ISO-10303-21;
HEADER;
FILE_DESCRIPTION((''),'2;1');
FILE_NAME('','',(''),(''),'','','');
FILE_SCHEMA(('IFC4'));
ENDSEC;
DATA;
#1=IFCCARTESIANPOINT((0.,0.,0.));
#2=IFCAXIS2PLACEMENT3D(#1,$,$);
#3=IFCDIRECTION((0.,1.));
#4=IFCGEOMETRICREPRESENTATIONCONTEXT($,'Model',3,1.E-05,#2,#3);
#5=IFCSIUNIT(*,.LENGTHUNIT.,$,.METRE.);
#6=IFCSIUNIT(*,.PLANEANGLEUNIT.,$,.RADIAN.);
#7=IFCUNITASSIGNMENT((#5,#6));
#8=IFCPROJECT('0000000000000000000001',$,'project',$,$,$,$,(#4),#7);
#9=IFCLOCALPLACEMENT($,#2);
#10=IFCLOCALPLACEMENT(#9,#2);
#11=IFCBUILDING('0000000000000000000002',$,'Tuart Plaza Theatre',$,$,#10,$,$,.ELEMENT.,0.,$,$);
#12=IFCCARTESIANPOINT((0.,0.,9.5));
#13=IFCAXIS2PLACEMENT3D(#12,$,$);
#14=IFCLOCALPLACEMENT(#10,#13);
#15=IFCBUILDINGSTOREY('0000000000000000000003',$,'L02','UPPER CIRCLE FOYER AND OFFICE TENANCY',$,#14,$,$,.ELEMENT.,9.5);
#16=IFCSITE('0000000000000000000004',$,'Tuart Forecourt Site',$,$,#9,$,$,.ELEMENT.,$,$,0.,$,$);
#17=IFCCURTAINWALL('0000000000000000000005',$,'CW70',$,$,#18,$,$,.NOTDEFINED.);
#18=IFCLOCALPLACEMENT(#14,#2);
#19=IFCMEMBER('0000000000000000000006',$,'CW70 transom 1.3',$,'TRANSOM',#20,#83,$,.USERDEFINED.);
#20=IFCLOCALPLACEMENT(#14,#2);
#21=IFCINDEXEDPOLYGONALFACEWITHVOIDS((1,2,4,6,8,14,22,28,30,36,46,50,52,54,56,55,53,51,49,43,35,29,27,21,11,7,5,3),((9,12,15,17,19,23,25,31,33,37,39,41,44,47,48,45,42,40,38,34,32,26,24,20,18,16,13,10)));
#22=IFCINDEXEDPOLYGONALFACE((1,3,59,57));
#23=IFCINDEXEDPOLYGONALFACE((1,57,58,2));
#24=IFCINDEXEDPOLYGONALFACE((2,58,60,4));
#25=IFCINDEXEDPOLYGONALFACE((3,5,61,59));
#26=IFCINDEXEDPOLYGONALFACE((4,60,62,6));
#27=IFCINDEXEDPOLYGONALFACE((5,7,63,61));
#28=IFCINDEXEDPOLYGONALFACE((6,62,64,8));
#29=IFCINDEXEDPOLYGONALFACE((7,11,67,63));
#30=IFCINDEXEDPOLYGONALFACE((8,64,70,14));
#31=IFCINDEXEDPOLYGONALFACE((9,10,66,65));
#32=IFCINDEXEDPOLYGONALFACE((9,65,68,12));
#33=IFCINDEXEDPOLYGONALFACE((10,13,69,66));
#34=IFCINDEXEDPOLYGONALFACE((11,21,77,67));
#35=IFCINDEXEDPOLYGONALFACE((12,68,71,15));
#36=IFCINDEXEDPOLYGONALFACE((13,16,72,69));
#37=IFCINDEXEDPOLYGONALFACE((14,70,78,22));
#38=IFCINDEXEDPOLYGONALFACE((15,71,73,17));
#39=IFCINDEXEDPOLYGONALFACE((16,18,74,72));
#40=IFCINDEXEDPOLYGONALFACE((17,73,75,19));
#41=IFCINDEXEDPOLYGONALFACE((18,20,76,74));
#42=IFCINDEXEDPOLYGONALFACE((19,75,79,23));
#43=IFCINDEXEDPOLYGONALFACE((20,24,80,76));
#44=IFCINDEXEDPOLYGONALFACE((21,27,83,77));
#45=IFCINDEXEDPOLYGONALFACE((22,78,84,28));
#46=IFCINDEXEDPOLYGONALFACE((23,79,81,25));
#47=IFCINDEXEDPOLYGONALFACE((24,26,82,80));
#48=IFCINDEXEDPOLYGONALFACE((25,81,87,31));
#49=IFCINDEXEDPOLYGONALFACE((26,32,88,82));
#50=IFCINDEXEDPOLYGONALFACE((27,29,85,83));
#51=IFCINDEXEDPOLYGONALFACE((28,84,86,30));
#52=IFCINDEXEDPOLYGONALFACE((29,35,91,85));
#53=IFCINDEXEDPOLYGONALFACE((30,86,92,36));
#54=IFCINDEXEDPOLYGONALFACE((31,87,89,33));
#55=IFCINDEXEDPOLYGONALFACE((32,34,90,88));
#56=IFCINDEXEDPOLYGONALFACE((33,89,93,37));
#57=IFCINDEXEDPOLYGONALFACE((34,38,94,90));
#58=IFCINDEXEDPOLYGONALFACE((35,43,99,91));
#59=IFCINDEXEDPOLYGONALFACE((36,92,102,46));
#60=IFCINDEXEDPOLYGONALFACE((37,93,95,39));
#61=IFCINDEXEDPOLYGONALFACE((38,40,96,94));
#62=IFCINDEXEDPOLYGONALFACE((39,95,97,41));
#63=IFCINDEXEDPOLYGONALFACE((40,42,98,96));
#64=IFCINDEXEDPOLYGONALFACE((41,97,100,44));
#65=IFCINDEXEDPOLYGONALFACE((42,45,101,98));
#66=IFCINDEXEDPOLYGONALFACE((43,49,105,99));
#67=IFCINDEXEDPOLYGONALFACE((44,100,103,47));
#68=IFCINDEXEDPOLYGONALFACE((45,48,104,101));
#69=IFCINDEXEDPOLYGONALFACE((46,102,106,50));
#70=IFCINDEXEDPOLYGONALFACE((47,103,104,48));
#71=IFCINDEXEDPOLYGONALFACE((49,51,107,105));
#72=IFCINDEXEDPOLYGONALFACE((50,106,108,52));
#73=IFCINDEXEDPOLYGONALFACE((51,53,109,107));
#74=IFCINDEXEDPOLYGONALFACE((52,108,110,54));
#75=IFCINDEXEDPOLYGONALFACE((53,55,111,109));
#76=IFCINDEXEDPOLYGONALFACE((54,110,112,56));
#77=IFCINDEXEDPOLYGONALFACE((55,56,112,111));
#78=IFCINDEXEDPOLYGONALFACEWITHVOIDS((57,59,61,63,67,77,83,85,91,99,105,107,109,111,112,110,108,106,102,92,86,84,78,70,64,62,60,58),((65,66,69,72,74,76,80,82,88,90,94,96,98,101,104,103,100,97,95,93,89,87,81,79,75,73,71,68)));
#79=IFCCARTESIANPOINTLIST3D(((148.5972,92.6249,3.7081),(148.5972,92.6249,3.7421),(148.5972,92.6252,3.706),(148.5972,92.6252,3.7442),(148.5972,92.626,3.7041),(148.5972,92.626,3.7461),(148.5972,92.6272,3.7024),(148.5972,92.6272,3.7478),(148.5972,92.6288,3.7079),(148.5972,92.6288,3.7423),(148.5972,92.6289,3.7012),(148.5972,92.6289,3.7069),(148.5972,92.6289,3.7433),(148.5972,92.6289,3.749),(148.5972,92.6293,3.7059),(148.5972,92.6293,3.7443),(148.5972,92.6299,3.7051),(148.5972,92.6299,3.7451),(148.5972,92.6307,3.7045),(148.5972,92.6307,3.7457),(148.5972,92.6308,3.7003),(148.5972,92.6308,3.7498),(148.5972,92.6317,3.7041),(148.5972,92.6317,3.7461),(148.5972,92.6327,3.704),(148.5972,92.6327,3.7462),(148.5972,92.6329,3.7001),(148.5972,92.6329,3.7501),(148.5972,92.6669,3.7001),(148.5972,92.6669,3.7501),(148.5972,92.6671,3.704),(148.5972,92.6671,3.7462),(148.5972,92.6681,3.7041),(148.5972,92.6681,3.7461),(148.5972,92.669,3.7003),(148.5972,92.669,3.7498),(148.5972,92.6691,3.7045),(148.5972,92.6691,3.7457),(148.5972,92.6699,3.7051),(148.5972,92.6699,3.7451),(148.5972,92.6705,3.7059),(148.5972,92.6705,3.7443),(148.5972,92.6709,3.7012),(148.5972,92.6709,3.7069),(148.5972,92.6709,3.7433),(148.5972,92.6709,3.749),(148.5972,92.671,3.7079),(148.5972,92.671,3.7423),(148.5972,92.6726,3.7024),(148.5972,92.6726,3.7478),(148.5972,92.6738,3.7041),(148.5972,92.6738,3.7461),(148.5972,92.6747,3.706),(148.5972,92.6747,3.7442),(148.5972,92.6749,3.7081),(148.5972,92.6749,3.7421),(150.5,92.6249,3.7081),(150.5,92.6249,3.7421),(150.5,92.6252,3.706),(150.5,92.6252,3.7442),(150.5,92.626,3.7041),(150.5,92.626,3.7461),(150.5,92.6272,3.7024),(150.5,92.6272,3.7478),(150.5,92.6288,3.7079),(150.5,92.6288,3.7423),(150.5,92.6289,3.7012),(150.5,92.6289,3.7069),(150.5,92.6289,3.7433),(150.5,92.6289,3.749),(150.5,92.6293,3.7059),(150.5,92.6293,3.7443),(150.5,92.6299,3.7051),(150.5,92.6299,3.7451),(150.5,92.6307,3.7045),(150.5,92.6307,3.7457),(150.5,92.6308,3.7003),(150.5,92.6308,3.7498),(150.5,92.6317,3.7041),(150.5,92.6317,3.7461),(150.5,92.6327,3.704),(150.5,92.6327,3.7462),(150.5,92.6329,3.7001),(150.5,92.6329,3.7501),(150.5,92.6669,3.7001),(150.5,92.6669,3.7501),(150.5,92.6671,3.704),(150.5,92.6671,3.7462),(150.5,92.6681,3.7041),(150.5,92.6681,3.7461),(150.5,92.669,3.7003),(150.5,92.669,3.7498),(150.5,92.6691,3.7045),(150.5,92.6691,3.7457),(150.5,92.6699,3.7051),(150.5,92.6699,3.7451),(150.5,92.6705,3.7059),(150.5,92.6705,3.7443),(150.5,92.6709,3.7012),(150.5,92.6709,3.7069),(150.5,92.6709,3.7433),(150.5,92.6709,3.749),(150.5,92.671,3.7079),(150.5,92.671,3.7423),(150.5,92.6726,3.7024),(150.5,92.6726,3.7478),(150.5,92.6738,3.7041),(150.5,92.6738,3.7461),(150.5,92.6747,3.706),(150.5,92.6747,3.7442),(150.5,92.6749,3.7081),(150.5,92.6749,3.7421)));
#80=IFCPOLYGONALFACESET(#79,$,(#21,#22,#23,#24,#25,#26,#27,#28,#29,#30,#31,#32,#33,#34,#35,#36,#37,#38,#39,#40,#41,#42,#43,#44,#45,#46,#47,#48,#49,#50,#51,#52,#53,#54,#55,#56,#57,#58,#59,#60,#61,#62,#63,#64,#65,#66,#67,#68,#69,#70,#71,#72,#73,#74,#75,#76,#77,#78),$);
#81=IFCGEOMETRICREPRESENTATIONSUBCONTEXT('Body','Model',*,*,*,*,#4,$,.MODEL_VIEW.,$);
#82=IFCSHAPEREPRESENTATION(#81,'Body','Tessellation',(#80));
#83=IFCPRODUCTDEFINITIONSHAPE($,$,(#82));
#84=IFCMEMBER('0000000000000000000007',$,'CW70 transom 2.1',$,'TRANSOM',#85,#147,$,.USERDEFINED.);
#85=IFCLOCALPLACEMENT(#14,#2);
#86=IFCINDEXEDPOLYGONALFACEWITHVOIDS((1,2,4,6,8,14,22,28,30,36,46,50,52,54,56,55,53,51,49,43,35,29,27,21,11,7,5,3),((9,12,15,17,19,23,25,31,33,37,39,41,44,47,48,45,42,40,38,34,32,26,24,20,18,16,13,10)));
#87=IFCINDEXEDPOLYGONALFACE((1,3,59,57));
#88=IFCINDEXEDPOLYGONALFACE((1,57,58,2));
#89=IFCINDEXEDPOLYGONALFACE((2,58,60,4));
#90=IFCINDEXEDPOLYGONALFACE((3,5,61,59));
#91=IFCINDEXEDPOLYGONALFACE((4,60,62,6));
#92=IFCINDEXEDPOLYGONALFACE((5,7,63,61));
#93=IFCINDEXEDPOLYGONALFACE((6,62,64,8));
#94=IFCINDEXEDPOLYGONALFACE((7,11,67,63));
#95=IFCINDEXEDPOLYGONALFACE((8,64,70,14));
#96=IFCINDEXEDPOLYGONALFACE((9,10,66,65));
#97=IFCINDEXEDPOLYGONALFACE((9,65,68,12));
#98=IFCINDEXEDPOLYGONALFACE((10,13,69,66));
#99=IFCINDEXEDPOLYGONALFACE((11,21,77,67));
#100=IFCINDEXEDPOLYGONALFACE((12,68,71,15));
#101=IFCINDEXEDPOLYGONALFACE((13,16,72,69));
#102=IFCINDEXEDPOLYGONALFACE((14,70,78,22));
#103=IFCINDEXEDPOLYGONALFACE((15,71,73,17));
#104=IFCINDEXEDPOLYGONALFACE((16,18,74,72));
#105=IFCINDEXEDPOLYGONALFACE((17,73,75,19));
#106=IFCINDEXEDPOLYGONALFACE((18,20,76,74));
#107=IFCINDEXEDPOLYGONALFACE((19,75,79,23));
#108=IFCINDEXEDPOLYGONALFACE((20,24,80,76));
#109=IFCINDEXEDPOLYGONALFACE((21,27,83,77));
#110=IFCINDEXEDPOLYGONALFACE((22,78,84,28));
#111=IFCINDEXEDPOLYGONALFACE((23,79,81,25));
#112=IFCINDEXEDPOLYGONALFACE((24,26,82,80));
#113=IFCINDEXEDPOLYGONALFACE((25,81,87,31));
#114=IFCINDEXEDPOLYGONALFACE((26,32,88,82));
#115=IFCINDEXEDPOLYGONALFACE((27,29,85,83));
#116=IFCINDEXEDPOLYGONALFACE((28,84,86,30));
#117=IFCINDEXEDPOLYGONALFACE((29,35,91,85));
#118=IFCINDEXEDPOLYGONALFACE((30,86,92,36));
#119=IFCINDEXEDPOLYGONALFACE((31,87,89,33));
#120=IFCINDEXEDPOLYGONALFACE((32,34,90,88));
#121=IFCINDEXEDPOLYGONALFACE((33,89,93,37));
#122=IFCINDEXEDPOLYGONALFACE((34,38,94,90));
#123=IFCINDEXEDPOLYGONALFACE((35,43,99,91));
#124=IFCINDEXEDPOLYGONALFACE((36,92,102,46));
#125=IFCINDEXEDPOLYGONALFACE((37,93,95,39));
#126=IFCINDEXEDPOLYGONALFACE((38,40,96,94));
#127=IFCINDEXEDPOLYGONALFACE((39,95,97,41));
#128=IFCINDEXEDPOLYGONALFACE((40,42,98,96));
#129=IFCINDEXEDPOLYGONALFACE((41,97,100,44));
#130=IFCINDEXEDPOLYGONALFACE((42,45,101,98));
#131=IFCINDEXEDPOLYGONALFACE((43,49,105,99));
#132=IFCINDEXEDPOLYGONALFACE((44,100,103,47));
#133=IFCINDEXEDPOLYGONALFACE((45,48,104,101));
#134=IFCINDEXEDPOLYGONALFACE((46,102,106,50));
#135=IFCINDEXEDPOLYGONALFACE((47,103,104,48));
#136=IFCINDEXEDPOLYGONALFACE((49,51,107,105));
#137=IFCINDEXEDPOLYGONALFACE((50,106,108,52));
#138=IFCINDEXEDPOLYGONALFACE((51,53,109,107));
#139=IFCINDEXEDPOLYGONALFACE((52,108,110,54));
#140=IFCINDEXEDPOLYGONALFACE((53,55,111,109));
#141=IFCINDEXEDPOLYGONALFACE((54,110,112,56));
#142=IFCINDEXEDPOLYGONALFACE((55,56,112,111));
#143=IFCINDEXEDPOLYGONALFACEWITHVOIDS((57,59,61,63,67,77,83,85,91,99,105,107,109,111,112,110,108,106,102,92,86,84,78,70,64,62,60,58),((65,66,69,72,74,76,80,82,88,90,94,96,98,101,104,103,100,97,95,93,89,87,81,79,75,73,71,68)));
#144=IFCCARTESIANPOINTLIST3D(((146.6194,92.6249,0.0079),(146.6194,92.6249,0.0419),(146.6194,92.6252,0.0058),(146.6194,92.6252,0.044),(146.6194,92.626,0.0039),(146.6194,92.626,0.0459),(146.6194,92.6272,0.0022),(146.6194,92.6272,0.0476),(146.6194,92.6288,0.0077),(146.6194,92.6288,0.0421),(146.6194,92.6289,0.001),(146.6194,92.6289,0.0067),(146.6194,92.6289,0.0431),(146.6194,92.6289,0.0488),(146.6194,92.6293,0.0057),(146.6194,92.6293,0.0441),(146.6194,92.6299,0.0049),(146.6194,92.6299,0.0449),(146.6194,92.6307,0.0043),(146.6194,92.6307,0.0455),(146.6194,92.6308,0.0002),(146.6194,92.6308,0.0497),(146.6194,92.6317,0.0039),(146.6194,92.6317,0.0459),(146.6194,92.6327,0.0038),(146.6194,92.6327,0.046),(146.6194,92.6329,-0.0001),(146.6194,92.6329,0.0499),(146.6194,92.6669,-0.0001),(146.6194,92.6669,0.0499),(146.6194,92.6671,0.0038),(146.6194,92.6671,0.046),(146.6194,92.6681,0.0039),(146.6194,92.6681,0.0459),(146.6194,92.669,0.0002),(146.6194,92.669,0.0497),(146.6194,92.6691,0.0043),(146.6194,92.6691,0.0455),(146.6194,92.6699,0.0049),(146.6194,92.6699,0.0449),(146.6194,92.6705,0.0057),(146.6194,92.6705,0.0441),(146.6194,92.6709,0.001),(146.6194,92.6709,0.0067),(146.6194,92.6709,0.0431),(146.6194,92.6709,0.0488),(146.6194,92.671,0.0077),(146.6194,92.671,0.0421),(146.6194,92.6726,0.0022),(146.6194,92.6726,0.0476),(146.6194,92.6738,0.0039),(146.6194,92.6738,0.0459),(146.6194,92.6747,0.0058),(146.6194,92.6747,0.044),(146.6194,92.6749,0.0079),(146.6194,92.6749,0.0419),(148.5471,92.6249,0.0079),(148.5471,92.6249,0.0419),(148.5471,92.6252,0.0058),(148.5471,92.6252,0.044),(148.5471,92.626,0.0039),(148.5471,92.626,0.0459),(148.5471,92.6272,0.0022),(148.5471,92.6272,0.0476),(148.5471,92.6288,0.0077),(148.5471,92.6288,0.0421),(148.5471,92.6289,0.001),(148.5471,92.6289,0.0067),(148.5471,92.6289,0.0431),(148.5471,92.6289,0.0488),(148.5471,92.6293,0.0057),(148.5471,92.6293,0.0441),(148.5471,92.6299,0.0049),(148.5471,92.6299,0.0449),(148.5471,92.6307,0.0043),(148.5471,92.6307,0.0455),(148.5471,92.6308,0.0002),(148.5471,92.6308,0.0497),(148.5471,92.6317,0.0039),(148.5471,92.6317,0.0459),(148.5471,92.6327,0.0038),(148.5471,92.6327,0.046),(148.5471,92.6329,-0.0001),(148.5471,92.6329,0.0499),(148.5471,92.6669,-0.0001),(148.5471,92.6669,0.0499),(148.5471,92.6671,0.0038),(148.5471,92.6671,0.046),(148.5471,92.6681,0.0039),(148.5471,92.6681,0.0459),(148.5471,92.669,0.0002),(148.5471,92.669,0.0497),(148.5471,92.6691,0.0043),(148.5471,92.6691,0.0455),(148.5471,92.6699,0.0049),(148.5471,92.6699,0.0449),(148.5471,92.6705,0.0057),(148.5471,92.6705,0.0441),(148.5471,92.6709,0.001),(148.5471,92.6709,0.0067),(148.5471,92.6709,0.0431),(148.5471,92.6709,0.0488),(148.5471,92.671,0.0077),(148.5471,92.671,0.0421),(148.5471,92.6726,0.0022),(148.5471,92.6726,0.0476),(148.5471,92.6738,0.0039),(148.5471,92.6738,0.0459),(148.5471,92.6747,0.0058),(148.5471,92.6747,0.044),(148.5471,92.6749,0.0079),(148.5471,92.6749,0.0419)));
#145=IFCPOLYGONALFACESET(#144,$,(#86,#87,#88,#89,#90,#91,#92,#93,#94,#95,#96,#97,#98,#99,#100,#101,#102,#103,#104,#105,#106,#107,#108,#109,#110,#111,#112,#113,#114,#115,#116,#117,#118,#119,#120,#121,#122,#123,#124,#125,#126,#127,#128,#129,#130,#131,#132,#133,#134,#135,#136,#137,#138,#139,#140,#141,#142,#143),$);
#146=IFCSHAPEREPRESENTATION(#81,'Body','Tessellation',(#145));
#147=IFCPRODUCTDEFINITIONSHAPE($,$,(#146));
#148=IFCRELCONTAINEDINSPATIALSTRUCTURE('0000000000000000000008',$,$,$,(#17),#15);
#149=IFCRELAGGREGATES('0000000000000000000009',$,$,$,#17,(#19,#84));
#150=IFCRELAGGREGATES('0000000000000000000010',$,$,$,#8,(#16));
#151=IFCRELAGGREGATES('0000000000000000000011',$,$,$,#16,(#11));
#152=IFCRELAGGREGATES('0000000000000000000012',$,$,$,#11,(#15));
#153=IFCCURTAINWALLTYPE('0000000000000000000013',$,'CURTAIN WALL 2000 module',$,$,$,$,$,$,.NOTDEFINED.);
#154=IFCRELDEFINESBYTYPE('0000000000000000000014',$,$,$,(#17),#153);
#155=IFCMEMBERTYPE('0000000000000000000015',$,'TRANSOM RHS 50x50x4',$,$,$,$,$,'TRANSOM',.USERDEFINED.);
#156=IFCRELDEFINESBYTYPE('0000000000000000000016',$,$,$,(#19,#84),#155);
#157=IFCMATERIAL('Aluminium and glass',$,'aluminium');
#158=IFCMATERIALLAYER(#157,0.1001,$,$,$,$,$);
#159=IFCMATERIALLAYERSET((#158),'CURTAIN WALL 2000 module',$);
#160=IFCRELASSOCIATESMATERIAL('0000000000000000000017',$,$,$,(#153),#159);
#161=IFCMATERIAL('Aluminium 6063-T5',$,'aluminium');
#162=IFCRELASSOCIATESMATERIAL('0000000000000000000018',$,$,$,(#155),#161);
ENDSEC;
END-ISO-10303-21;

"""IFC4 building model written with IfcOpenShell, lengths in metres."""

from ifc_helpers import new_model, si_unit, direction, frame, origin, origin_2d, place, context, subcontext, project, spatial, hollow_rectangle, extrude, material, layer, layer_set, material_profile, profile_set, type_object, element, aggregate, save


model = new_model("IFC4")

# Units and contexts
model_context = context("Model", 3, precision=1e-05, world=origin(), true_north=direction((0.0, 1.0)))
body_context = subcontext(model_context, "Body", "Model", "MODEL_VIEW")
ifc_project = project(units=[si_unit("LENGTHUNIT", "METRE"), si_unit("PLANEANGLEUNIT", "RADIAN")], contexts=[model_context])

# Site, building, storey
site_placement = place(None, origin())
site = spatial("IfcSite", under=ifc_project, at=site_placement, Name="Tuart Forecourt Site", CompositionType="ELEMENT", RefElevation=0.0)
building_placement = place(site_placement, origin())
building = spatial("IfcBuilding", under=site, at=building_placement, Name="Tuart Plaza Theatre", CompositionType="ELEMENT", ElevationOfRefHeight=0.0)
storey_placement = place(building_placement, frame((0.0, 0.0, 9.5)))
storey = spatial("IfcBuildingStorey", under=building, at=storey_placement, Name="L02", Description="UPPER CIRCLE FOYER AND OFFICE TENANCY", CompositionType="ELEMENT", Elevation=9.5)

# Curtain wall
ifc_material_1 = material(Name="Aluminium and glass", Category="aluminium")
ifc_layer_1 = layer(ifc_material_1, 0.1001)
ifc_layer_set_1 = layer_set([ifc_layer_1], Name="CURTAIN WALL 2000 module")
curtain_wall_type = type_object("IfcCurtainWallType", Name="CURTAIN WALL 2000 module", PredefinedType="NOTDEFINED", material=ifc_layer_set_1)
curtain_wall_1_placement = place(storey_placement, origin())
curtain_wall_1 = element("IfcCurtainWall", 1, at=curtain_wall_1_placement, inside=storey, type_object=curtain_wall_type, Name="CW70", PredefinedType="NOTDEFINED")

# Members
ifc_material_2 = material(Name="Aluminium 6063-T5", Category="aluminium")
ifc_material_profile_1 = material_profile(ifc_material_2, hollow_rectangle(XDim=0.05, YDim=0.05, WallThickness=0.0039, InnerFilletRadius=0.0039, OuterFilletRadius=0.0081, at=origin_2d()), Name="RHS 50x50x4")
ifc_profile_set_1 = profile_set([ifc_material_profile_1], Name="Aluminium 6063-T5")
member_type_1 = type_object("IfcMemberType", Name="TRANSOM RHS 50x50x4", ElementType="TRANSOM", PredefinedType="USERDEFINED", material=ifc_profile_set_1)
member_1_placement = place(storey_placement, frame((150.5, 92.6499, 3.7251), z_axis=(-1.0, 0.0, 0.0), x_axis=(0.0, -1.0, 0.0)))
member_1 = element("IfcMember", 2, at=member_1_placement, type_object=member_type_1, Name="CW70 transom 1.3", ObjectType="TRANSOM", PredefinedType="USERDEFINED", context=body_context, shape_type="SweptSolid", body=[
    extrude(hollow_rectangle(XDim=0.05, YDim=0.05, WallThickness=0.0039, InnerFilletRadius=0.0039, OuterFilletRadius=0.0081, at=origin_2d()), origin(), (0.0, 0.0, 1.0), 1.9028),
])
member_2_placement = place(storey_placement, frame((148.5471, 92.6499, 0.0249), z_axis=(-1.0, 0.0, 0.0), x_axis=(0.0, -1.0, 0.0)))
member_2 = element("IfcMember", 3, at=member_2_placement, type_object=member_type_1, Name="CW70 transom 2.1", ObjectType="TRANSOM", PredefinedType="USERDEFINED", context=body_context, shape_type="SweptSolid", body=[
    extrude(hollow_rectangle(XDim=0.05, YDim=0.05, WallThickness=0.0039, InnerFilletRadius=0.0039, OuterFilletRadius=0.0081, at=origin_2d()), origin(), (0.0, 0.0, 1.0), 1.9277),
])

aggregate(curtain_wall_1, [member_1, member_2])

save(model, "model.ifc")
